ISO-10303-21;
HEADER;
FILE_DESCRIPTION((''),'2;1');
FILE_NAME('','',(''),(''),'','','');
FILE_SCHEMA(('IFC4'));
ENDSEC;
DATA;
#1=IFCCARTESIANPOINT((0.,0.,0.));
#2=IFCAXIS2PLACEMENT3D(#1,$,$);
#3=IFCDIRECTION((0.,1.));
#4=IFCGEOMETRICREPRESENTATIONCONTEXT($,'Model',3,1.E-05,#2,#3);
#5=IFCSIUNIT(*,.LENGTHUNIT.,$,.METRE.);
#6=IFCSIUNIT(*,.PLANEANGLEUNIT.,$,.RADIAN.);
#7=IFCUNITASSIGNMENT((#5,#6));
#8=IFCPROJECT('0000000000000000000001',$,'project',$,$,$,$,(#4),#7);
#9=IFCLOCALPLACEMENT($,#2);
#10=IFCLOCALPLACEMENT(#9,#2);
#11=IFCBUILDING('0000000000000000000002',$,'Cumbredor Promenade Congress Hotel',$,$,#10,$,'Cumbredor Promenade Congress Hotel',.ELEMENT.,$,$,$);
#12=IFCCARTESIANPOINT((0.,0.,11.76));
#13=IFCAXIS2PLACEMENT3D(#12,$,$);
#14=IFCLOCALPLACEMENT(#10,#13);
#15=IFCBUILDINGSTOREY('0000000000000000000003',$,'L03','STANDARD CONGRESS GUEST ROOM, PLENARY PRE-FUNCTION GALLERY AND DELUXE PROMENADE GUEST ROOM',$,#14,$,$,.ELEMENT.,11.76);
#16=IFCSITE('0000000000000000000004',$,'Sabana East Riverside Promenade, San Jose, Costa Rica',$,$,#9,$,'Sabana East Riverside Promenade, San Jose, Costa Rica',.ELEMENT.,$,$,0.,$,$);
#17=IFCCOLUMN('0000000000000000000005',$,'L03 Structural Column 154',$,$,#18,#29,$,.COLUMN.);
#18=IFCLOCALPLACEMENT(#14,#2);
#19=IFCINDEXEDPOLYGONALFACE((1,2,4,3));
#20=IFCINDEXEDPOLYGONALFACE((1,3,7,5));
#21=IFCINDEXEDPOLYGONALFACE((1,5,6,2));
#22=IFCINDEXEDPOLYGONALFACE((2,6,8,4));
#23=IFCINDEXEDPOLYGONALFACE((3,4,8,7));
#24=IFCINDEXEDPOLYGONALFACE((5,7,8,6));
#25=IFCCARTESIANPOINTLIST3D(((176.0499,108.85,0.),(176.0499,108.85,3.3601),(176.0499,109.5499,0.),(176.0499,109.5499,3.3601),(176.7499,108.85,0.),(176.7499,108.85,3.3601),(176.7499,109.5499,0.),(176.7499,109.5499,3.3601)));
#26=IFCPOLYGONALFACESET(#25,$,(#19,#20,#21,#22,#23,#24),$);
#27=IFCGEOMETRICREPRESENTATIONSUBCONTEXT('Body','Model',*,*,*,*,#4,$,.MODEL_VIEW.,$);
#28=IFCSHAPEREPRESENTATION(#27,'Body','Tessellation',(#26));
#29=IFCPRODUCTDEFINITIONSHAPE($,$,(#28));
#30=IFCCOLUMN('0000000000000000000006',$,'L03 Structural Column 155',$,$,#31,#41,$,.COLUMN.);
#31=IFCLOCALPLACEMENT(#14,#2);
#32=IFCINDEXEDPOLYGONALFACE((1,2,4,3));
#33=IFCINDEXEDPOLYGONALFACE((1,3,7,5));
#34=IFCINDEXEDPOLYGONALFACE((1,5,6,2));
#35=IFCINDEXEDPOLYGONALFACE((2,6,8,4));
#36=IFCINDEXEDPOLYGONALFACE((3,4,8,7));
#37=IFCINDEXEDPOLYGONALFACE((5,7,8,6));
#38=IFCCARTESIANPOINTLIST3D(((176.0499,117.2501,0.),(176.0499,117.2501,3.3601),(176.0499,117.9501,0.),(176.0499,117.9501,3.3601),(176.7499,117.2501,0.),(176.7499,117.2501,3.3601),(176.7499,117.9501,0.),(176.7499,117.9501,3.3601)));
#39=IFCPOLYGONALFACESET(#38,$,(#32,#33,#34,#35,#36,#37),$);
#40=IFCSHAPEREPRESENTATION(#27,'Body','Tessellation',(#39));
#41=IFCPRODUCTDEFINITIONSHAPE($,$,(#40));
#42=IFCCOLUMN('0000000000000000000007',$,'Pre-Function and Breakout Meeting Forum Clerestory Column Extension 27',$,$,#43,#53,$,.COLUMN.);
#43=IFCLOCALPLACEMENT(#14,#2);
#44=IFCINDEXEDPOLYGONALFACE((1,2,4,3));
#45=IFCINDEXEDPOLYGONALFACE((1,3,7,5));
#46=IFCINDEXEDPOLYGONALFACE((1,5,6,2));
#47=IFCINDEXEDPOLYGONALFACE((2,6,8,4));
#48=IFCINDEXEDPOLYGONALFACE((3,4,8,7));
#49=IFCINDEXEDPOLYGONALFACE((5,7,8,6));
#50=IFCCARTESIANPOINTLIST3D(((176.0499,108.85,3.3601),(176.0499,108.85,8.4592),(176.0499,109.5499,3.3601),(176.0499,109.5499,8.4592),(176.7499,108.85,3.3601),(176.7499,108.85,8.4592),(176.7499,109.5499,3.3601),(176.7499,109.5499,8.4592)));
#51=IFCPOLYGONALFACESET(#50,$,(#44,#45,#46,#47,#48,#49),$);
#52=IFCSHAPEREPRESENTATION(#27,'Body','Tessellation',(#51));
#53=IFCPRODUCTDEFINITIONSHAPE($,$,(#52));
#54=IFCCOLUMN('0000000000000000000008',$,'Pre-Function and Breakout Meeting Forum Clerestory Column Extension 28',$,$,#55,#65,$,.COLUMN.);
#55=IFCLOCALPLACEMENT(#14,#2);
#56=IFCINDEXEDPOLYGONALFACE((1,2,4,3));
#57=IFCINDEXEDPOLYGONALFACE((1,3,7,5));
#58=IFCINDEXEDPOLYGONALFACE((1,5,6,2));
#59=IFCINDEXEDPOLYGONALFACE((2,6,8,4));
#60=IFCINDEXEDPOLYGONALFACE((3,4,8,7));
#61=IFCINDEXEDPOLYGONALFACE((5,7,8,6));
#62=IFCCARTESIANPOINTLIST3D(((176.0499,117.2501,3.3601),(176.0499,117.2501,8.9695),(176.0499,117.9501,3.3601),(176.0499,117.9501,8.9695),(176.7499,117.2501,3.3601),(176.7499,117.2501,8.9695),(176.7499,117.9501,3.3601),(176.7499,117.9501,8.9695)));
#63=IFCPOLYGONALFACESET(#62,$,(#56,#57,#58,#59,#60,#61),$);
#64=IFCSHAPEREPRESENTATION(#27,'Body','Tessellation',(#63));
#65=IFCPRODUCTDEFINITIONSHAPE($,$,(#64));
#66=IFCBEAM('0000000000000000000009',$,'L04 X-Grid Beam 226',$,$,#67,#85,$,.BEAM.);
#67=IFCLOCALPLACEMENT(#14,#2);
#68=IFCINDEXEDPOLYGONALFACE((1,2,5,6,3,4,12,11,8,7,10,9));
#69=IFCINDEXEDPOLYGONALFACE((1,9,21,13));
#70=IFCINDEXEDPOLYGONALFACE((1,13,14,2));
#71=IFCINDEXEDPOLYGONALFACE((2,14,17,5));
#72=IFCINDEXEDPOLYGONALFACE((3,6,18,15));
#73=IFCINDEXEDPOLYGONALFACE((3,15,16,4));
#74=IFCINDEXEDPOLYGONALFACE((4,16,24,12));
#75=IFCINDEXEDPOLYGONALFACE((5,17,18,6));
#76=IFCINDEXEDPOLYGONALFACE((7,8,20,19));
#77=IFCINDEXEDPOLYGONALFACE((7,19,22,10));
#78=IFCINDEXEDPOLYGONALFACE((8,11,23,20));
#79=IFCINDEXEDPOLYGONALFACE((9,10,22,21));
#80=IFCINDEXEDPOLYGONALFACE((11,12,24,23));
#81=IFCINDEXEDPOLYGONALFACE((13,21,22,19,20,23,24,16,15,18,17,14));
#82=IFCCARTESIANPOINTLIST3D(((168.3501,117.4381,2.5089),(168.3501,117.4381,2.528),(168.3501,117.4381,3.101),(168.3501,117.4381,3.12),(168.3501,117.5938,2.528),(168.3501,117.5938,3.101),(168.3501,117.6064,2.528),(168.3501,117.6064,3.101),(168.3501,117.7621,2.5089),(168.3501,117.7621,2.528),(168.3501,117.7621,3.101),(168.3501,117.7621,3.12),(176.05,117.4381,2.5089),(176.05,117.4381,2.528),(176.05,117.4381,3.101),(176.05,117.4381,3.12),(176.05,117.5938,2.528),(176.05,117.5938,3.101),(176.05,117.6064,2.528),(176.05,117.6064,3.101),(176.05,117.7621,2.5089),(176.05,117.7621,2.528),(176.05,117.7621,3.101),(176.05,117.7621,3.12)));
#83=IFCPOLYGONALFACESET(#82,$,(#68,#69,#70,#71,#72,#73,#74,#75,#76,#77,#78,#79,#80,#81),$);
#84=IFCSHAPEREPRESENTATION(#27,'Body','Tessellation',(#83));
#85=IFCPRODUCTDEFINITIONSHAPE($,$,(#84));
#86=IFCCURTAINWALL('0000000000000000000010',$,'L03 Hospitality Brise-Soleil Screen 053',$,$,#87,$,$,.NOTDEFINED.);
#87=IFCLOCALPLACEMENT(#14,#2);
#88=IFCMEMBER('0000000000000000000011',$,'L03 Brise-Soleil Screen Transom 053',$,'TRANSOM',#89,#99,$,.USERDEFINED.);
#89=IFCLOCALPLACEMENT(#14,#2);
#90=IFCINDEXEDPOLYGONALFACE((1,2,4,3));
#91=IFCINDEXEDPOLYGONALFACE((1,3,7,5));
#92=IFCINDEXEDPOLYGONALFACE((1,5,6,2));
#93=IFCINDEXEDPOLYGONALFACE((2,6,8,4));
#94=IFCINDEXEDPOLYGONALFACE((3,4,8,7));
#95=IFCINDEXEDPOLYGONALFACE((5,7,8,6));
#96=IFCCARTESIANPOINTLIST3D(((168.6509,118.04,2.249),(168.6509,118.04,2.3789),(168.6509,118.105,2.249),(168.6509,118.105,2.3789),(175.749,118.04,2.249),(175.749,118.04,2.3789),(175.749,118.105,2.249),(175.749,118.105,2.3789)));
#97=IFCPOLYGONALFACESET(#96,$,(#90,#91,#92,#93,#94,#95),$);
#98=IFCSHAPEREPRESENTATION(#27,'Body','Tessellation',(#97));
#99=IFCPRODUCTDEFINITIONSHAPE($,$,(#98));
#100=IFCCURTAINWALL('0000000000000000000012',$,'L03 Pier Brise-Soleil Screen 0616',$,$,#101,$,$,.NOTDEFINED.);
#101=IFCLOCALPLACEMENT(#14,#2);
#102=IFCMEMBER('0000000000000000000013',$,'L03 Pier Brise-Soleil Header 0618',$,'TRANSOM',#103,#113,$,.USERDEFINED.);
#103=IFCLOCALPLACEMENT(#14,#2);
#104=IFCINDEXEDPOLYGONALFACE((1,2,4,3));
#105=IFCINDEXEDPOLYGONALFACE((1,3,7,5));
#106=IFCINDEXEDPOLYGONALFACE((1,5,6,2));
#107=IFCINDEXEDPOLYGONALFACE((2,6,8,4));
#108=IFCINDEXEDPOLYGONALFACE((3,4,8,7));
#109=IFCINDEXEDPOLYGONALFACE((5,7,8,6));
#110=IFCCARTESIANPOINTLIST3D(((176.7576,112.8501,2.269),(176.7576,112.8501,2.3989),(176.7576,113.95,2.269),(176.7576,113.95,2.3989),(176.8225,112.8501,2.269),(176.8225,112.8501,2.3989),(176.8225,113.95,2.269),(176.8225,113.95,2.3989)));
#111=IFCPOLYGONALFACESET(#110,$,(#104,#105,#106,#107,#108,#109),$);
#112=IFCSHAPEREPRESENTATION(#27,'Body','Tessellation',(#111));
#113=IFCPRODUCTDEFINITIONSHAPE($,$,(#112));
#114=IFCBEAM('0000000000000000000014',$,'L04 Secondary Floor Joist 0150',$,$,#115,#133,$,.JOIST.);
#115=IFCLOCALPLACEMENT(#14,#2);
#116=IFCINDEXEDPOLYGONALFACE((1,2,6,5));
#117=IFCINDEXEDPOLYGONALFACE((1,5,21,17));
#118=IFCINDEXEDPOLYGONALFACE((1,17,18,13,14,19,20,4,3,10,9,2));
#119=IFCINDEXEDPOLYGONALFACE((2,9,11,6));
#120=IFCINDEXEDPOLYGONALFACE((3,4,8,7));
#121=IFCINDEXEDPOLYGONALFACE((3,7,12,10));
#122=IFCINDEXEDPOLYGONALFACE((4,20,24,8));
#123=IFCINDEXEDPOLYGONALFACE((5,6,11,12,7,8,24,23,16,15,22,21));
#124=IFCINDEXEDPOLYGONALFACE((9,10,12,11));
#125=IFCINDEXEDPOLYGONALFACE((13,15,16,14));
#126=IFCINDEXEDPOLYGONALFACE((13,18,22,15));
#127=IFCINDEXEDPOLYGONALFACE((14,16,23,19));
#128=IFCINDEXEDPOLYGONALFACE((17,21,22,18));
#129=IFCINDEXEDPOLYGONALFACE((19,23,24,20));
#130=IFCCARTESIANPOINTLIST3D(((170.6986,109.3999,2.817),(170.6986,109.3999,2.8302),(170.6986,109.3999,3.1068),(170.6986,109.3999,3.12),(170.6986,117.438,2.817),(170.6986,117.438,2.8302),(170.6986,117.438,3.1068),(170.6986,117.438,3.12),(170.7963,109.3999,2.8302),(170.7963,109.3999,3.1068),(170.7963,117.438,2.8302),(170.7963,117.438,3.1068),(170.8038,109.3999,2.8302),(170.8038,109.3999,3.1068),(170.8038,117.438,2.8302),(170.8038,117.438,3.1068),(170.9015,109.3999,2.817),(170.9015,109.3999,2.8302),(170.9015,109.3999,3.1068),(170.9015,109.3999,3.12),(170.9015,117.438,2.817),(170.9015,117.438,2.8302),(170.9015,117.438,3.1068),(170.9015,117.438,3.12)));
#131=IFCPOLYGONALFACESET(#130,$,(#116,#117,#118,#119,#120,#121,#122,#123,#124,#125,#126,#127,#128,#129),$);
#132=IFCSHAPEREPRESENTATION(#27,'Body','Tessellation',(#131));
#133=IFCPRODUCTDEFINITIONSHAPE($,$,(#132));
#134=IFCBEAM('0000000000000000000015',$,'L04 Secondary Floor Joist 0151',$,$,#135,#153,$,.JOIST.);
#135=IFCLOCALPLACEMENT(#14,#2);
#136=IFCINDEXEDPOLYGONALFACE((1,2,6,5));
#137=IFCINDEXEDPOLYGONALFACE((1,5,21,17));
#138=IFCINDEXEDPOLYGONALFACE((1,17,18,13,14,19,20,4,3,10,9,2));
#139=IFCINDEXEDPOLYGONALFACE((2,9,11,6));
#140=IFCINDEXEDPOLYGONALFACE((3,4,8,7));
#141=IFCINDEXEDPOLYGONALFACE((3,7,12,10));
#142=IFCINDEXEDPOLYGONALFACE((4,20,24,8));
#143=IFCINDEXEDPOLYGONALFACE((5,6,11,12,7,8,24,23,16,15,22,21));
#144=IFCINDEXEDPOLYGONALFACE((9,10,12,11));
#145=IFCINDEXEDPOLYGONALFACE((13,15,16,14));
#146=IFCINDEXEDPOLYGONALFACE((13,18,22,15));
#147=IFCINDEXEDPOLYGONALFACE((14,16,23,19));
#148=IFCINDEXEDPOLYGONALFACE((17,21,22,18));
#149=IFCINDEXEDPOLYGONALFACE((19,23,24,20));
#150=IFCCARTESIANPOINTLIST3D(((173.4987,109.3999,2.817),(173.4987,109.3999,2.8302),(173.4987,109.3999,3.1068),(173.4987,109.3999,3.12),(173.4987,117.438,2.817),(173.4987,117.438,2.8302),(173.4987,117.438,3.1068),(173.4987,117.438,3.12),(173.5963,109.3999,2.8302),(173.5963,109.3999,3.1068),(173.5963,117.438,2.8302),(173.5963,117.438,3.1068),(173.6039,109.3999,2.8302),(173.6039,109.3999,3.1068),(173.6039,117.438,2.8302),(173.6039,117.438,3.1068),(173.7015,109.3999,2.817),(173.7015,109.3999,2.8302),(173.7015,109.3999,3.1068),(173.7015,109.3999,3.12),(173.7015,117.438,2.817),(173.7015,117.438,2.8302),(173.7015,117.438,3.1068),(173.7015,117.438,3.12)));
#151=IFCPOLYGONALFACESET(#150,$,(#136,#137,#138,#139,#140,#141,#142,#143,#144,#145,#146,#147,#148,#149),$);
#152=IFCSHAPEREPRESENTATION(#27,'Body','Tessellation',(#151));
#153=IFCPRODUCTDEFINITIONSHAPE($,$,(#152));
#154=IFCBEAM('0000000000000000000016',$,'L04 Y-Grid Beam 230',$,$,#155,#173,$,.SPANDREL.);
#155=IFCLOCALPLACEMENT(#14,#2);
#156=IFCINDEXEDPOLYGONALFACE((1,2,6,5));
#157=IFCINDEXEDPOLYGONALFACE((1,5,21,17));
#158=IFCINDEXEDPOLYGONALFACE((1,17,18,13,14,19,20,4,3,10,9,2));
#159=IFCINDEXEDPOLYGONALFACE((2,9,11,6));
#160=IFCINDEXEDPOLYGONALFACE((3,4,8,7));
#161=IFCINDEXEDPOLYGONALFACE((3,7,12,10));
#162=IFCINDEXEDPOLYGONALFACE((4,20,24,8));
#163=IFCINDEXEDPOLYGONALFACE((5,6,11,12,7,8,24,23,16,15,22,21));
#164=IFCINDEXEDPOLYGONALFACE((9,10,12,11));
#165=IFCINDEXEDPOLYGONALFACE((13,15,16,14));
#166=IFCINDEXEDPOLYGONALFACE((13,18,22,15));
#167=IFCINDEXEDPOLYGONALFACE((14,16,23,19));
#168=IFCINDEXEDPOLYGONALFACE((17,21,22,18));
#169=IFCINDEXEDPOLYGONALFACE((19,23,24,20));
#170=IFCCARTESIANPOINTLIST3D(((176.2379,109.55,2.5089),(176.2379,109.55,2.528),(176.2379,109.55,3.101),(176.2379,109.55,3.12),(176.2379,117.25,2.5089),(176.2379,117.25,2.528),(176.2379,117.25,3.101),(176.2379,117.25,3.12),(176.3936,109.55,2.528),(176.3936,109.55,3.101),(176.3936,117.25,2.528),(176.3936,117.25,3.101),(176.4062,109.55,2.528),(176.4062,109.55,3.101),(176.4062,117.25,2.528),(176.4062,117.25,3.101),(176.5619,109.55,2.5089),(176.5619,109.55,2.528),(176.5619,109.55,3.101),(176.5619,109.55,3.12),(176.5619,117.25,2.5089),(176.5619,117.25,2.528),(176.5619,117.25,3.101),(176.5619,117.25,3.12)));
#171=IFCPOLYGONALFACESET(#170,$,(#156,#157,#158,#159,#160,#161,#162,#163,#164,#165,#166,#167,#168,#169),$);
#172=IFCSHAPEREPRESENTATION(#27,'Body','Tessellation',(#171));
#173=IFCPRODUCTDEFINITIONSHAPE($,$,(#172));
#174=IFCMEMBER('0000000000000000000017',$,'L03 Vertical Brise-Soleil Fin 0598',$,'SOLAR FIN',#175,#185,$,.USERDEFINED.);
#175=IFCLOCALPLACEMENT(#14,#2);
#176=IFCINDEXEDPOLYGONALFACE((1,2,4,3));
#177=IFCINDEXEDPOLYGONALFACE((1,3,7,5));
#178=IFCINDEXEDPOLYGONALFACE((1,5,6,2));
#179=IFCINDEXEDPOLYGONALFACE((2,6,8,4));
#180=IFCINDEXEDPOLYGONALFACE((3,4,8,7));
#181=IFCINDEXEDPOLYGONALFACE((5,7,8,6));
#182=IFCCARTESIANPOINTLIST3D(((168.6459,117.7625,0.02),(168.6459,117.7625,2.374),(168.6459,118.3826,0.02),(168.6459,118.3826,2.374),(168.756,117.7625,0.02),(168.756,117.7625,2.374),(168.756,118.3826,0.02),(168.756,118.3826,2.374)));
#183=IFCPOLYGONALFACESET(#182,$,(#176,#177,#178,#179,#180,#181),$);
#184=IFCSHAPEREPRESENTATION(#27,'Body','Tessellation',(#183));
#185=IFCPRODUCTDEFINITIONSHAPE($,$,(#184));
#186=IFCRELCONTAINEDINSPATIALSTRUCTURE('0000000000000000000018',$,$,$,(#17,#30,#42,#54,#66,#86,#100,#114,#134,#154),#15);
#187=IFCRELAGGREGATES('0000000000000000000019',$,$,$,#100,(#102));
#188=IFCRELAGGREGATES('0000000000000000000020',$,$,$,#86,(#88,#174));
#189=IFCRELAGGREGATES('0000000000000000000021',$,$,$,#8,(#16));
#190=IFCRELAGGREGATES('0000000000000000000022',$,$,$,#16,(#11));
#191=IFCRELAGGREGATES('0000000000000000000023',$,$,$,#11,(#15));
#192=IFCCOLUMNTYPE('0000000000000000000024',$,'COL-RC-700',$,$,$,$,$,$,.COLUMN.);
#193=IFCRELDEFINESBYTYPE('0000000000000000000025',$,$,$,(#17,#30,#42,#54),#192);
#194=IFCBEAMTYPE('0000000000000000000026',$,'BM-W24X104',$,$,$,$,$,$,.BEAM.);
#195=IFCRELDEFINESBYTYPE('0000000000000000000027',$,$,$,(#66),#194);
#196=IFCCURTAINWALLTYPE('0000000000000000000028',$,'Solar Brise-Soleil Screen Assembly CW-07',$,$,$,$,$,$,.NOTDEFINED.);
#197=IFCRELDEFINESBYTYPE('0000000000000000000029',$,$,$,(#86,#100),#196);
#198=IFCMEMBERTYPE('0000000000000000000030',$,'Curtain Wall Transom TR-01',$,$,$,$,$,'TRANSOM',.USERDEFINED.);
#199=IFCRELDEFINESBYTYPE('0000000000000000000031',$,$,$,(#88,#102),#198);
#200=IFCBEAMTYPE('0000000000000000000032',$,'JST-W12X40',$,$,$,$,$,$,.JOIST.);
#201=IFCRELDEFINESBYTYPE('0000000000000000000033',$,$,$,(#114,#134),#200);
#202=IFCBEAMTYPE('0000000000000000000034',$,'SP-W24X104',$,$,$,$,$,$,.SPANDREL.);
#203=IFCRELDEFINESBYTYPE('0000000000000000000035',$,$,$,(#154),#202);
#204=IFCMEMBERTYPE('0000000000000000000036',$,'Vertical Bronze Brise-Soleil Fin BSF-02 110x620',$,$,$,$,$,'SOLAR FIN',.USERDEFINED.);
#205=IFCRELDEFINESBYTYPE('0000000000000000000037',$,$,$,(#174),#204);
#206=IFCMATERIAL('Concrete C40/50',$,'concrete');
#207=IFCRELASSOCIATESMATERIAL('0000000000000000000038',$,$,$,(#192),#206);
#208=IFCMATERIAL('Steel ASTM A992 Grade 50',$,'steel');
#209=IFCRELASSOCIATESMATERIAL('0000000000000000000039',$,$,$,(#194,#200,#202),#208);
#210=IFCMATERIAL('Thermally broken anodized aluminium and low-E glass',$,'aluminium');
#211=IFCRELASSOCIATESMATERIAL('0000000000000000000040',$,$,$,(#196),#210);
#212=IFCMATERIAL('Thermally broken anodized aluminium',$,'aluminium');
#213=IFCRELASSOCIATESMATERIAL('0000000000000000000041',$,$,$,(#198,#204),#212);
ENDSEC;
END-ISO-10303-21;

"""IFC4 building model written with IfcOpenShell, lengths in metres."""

from ifc_helpers import new_model, si_unit, direction, frame, origin, origin_2d, place, context, subcontext, project, spatial, rectangle, i_section, extrude, material, material_profile, profile_set, type_object, element, aggregate, save


model = new_model("IFC4")

# Units and contexts
model_context = context("Model", 3, precision=1e-05, world=origin(), true_north=direction((0.0, 1.0)))
body_context = subcontext(model_context, "Body", "Model", "MODEL_VIEW")
ifc_project = project(units=[si_unit("LENGTHUNIT", "METRE"), si_unit("PLANEANGLEUNIT", "RADIAN")], contexts=[model_context])

# Site, building, storey
site_placement = place(None, origin())
site = spatial("IfcSite", under=ifc_project, at=site_placement, Name="Sabana East Riverside Promenade, San Jose, Costa Rica", LongName="Sabana East Riverside Promenade, San Jose, Costa Rica", CompositionType="ELEMENT", RefElevation=0.0)
building_placement = place(site_placement, origin())
building = spatial("IfcBuilding", under=site, at=building_placement, Name="Cumbredor Promenade Congress Hotel", LongName="Cumbredor Promenade Congress Hotel", CompositionType="ELEMENT")
storey_placement = place(building_placement, frame((0.0, 0.0, 11.76)))
storey = spatial("IfcBuildingStorey", under=building, at=storey_placement, Name="L03", Description="STANDARD CONGRESS GUEST ROOM, PLENARY PRE-FUNCTION GALLERY AND DELUXE PROMENADE GUEST ROOM", CompositionType="ELEMENT", Elevation=11.76)

# Columns
ifc_material_1 = material(Name="Concrete C40/50", Category="concrete")
ifc_material_profile_1 = material_profile(ifc_material_1, rectangle(XDim=0.7, YDim=0.7, at=origin_2d()), Name="RC 700x700")
ifc_profile_set_1 = profile_set([ifc_material_profile_1], Name="Concrete C40/50")
column_type = type_object("IfcColumnType", Name="COL-RC-700", PredefinedType="COLUMN", material=ifc_profile_set_1)
for number, where, z_axis, x_axis, name in (
    (1, (176.3999, 109.2, 0.0), (0.0, 0.0, 1.0), (1.0, 0.0, 0.0), "L03 Structural Column 154"),
    (2, (176.3999, 117.6001, 0.0), (0.0, 0.0, 1.0), (1.0, 0.0, 0.0), "L03 Structural Column 155"),
):
    element("IfcColumn", number, at=place(storey_placement, frame(where, z_axis=z_axis, x_axis=x_axis)), inside=storey, type_object=column_type, Name=name, PredefinedType="COLUMN", context=body_context, shape_type="SweptSolid", body=[
        extrude(rectangle(XDim=0.7, YDim=0.7, at=origin_2d()), origin(), (0.0, 0.0, 1.0), 3.3601),
    ])
column_1_placement = place(storey_placement, frame((176.3999, 109.2, 3.3601), z_axis=(0.0, 0.0, 1.0), x_axis=(1.0, 0.0, 0.0)))
element("IfcColumn", 3, at=column_1_placement, inside=storey, type_object=column_type, Name="Pre-Function and Breakout Meeting Forum Clerestory Column Extension 27", PredefinedType="COLUMN", context=body_context, shape_type="SweptSolid", body=[
    extrude(rectangle(XDim=0.7, YDim=0.7, at=origin_2d()), origin(), (0.0, 0.0, 1.0), 5.0991),
])
column_2_placement = place(storey_placement, frame((176.3999, 117.6001, 3.3601), z_axis=(0.0, 0.0, 1.0), x_axis=(1.0, 0.0, 0.0)))
element("IfcColumn", 4, at=column_2_placement, inside=storey, type_object=column_type, Name="Pre-Function and Breakout Meeting Forum Clerestory Column Extension 28", PredefinedType="COLUMN", context=body_context, shape_type="SweptSolid", body=[
    extrude(rectangle(XDim=0.7, YDim=0.7, at=origin_2d()), origin(), (0.0, 0.0, 1.0), 5.6094),
])

# Beam
ifc_material_2 = material(Name="Steel ASTM A992 Grade 50", Category="steel")
ifc_material_profile_2 = material_profile(ifc_material_2, i_section(OverallWidth=0.324, OverallDepth=0.6111, WebThickness=0.0127, FlangeThickness=0.019, at=origin_2d()), Name="W24X104")
ifc_profile_set_2 = profile_set([ifc_material_profile_2], Name="Steel ASTM A992 Grade 50")
beam_type_1 = type_object("IfcBeamType", Name="BM-W24X104", PredefinedType="BEAM", material=ifc_profile_set_2)
beam_1_placement = place(storey_placement, frame((168.3501, 117.6001, 2.8145), z_axis=(1.0, 0.0, 0.0), x_axis=(0.0, 1.0, 0.0)))
element("IfcBeam", 5, at=beam_1_placement, inside=storey, type_object=beam_type_1, Name="L04 X-Grid Beam 226", PredefinedType="BEAM", context=body_context, shape_type="SweptSolid", body=[
    extrude(i_section(OverallWidth=0.324, OverallDepth=0.6111, WebThickness=0.0127, FlangeThickness=0.019, at=origin_2d()), origin(), (0.0, 0.0, 1.0), 7.7),
])

# Curtain walls, members
ifc_material_3 = material(Name="Thermally broken anodized aluminium and low-E glass", Category="aluminium")
curtain_wall_type = type_object("IfcCurtainWallType", Name="Solar Brise-Soleil Screen Assembly CW-07", PredefinedType="NOTDEFINED", material=ifc_material_3)
curtain_wall_1_placement = place(storey_placement, origin())
curtain_wall_1 = element("IfcCurtainWall", 6, at=curtain_wall_1_placement, inside=storey, type_object=curtain_wall_type, Name="L03 Hospitality Brise-Soleil Screen 053", PredefinedType="NOTDEFINED")
ifc_material_4 = material(Name="Thermally broken anodized aluminium", Category="aluminium")
ifc_material_profile_3 = material_profile(ifc_material_4, rectangle(XDim=0.0649, YDim=0.1299, at=origin_2d()), Name="ALU TRANSOM 65x130")
ifc_profile_set_3 = profile_set([ifc_material_profile_3], Name="Thermally broken anodized aluminium")
member_type_1 = type_object("IfcMemberType", Name="Curtain Wall Transom TR-01", ElementType="TRANSOM", PredefinedType="USERDEFINED", material=ifc_profile_set_3)
member_1_placement = place(storey_placement, frame((168.6509, 118.0725, 2.314), z_axis=(1.0, 0.0, 0.0), x_axis=(0.0, 1.0, 0.0)))
member_1 = element("IfcMember", 7, at=member_1_placement, type_object=member_type_1, Name="L03 Brise-Soleil Screen Transom 053", ObjectType="TRANSOM", PredefinedType="USERDEFINED", context=body_context, shape_type="SweptSolid", body=[
    extrude(rectangle(XDim=0.0649, YDim=0.1299, at=origin_2d()), origin(), (0.0, 0.0, 1.0), 7.0981),
])
curtain_wall_2_placement = place(storey_placement, origin())
curtain_wall_2 = element("IfcCurtainWall", 8, at=curtain_wall_2_placement, inside=storey, type_object=curtain_wall_type, Name="L03 Pier Brise-Soleil Screen 0616", PredefinedType="NOTDEFINED")
member_2_placement = place(storey_placement, frame((176.79, 112.8501, 2.334), z_axis=(0.0, 1.0, 0.0), x_axis=(-1.0, 0.0, 0.0)))
member_2 = element("IfcMember", 9, at=member_2_placement, type_object=member_type_1, Name="L03 Pier Brise-Soleil Header 0618", ObjectType="TRANSOM", PredefinedType="USERDEFINED", context=body_context, shape_type="SweptSolid", body=[
    extrude(rectangle(XDim=0.0649, YDim=0.1299, at=origin_2d()), origin(), (0.0, 0.0, 1.0), 1.0999),
])

# Beams
ifc_material_profile_4 = material_profile(ifc_material_2, i_section(OverallWidth=0.2029, OverallDepth=0.303, WebThickness=0.0076, FlangeThickness=0.0132, at=origin_2d()), Name="W12X40")
ifc_profile_set_4 = profile_set([ifc_material_profile_4], Name="Steel ASTM A992 Grade 50")
beam_type_2 = type_object("IfcBeamType", Name="JST-W12X40", PredefinedType="JOIST", material=ifc_profile_set_4)
for number, where, z_axis, x_axis, name in (
    (10, (170.8, 109.3999, 2.9685), (0.0, 1.0, 0.0), (-1.0, 0.0, 0.0), "L04 Secondary Floor Joist 0150"),
    (11, (173.6001, 109.3999, 2.9685), (0.0, 1.0, 0.0), (-1.0, 0.0, 0.0), "L04 Secondary Floor Joist 0151"),
):
    element("IfcBeam", number, at=place(storey_placement, frame(where, z_axis=z_axis, x_axis=x_axis)), inside=storey, type_object=beam_type_2, Name=name, PredefinedType="JOIST", context=body_context, shape_type="SweptSolid", body=[
        extrude(i_section(OverallWidth=0.2029, OverallDepth=0.303, WebThickness=0.0076, FlangeThickness=0.0132, at=origin_2d()), origin(), (0.0, 0.0, 1.0), 8.0381),
    ])
ifc_material_profile_5 = material_profile(ifc_material_2, i_section(OverallWidth=0.324, OverallDepth=0.6111, WebThickness=0.0127, FlangeThickness=0.019, at=origin_2d()), Name="W24X104")
ifc_profile_set_5 = profile_set([ifc_material_profile_5], Name="Steel ASTM A992 Grade 50")
beam_type_3 = type_object("IfcBeamType", Name="SP-W24X104", PredefinedType="SPANDREL", material=ifc_profile_set_5)
beam_2_placement = place(storey_placement, frame((176.3999, 109.55, 2.8145), z_axis=(0.0, 1.0, 0.0), x_axis=(-1.0, 0.0, 0.0)))
element("IfcBeam", 12, at=beam_2_placement, inside=storey, type_object=beam_type_3, Name="L04 Y-Grid Beam 230", PredefinedType="SPANDREL", context=body_context, shape_type="SweptSolid", body=[
    extrude(i_section(OverallWidth=0.324, OverallDepth=0.6111, WebThickness=0.0127, FlangeThickness=0.019, at=origin_2d()), origin(), (0.0, 0.0, 1.0), 7.7),
])

# Member
ifc_material_profile_6 = material_profile(ifc_material_4, rectangle(XDim=0.1101, YDim=0.6201, at=origin_2d()), Name="ARCH FIN 110x620")
ifc_profile_set_6 = profile_set([ifc_material_profile_6], Name="Thermally broken anodized aluminium")
member_type_2 = type_object("IfcMemberType", Name="Vertical Bronze Brise-Soleil Fin BSF-02 110x620", ElementType="SOLAR FIN", PredefinedType="USERDEFINED", material=ifc_profile_set_6)
member_3_placement = place(storey_placement, frame((168.7009, 118.0725, 0.02), z_axis=(0.0, 0.0, 1.0), x_axis=(1.0, 0.0, 0.0)))
member_3 = element("IfcMember", 13, at=member_3_placement, type_object=member_type_2, Name="L03 Vertical Brise-Soleil Fin 0598", ObjectType="SOLAR FIN", PredefinedType="USERDEFINED", context=body_context, shape_type="SweptSolid", body=[
    extrude(rectangle(XDim=0.1101, YDim=0.6201, at=origin_2d()), origin(), (0.0, 0.0, 1.0), 2.354),
])
aggregate(curtain_wall_2, [member_2])

aggregate(curtain_wall_1, [member_1, member_3])

save(model, "model.ifc")
